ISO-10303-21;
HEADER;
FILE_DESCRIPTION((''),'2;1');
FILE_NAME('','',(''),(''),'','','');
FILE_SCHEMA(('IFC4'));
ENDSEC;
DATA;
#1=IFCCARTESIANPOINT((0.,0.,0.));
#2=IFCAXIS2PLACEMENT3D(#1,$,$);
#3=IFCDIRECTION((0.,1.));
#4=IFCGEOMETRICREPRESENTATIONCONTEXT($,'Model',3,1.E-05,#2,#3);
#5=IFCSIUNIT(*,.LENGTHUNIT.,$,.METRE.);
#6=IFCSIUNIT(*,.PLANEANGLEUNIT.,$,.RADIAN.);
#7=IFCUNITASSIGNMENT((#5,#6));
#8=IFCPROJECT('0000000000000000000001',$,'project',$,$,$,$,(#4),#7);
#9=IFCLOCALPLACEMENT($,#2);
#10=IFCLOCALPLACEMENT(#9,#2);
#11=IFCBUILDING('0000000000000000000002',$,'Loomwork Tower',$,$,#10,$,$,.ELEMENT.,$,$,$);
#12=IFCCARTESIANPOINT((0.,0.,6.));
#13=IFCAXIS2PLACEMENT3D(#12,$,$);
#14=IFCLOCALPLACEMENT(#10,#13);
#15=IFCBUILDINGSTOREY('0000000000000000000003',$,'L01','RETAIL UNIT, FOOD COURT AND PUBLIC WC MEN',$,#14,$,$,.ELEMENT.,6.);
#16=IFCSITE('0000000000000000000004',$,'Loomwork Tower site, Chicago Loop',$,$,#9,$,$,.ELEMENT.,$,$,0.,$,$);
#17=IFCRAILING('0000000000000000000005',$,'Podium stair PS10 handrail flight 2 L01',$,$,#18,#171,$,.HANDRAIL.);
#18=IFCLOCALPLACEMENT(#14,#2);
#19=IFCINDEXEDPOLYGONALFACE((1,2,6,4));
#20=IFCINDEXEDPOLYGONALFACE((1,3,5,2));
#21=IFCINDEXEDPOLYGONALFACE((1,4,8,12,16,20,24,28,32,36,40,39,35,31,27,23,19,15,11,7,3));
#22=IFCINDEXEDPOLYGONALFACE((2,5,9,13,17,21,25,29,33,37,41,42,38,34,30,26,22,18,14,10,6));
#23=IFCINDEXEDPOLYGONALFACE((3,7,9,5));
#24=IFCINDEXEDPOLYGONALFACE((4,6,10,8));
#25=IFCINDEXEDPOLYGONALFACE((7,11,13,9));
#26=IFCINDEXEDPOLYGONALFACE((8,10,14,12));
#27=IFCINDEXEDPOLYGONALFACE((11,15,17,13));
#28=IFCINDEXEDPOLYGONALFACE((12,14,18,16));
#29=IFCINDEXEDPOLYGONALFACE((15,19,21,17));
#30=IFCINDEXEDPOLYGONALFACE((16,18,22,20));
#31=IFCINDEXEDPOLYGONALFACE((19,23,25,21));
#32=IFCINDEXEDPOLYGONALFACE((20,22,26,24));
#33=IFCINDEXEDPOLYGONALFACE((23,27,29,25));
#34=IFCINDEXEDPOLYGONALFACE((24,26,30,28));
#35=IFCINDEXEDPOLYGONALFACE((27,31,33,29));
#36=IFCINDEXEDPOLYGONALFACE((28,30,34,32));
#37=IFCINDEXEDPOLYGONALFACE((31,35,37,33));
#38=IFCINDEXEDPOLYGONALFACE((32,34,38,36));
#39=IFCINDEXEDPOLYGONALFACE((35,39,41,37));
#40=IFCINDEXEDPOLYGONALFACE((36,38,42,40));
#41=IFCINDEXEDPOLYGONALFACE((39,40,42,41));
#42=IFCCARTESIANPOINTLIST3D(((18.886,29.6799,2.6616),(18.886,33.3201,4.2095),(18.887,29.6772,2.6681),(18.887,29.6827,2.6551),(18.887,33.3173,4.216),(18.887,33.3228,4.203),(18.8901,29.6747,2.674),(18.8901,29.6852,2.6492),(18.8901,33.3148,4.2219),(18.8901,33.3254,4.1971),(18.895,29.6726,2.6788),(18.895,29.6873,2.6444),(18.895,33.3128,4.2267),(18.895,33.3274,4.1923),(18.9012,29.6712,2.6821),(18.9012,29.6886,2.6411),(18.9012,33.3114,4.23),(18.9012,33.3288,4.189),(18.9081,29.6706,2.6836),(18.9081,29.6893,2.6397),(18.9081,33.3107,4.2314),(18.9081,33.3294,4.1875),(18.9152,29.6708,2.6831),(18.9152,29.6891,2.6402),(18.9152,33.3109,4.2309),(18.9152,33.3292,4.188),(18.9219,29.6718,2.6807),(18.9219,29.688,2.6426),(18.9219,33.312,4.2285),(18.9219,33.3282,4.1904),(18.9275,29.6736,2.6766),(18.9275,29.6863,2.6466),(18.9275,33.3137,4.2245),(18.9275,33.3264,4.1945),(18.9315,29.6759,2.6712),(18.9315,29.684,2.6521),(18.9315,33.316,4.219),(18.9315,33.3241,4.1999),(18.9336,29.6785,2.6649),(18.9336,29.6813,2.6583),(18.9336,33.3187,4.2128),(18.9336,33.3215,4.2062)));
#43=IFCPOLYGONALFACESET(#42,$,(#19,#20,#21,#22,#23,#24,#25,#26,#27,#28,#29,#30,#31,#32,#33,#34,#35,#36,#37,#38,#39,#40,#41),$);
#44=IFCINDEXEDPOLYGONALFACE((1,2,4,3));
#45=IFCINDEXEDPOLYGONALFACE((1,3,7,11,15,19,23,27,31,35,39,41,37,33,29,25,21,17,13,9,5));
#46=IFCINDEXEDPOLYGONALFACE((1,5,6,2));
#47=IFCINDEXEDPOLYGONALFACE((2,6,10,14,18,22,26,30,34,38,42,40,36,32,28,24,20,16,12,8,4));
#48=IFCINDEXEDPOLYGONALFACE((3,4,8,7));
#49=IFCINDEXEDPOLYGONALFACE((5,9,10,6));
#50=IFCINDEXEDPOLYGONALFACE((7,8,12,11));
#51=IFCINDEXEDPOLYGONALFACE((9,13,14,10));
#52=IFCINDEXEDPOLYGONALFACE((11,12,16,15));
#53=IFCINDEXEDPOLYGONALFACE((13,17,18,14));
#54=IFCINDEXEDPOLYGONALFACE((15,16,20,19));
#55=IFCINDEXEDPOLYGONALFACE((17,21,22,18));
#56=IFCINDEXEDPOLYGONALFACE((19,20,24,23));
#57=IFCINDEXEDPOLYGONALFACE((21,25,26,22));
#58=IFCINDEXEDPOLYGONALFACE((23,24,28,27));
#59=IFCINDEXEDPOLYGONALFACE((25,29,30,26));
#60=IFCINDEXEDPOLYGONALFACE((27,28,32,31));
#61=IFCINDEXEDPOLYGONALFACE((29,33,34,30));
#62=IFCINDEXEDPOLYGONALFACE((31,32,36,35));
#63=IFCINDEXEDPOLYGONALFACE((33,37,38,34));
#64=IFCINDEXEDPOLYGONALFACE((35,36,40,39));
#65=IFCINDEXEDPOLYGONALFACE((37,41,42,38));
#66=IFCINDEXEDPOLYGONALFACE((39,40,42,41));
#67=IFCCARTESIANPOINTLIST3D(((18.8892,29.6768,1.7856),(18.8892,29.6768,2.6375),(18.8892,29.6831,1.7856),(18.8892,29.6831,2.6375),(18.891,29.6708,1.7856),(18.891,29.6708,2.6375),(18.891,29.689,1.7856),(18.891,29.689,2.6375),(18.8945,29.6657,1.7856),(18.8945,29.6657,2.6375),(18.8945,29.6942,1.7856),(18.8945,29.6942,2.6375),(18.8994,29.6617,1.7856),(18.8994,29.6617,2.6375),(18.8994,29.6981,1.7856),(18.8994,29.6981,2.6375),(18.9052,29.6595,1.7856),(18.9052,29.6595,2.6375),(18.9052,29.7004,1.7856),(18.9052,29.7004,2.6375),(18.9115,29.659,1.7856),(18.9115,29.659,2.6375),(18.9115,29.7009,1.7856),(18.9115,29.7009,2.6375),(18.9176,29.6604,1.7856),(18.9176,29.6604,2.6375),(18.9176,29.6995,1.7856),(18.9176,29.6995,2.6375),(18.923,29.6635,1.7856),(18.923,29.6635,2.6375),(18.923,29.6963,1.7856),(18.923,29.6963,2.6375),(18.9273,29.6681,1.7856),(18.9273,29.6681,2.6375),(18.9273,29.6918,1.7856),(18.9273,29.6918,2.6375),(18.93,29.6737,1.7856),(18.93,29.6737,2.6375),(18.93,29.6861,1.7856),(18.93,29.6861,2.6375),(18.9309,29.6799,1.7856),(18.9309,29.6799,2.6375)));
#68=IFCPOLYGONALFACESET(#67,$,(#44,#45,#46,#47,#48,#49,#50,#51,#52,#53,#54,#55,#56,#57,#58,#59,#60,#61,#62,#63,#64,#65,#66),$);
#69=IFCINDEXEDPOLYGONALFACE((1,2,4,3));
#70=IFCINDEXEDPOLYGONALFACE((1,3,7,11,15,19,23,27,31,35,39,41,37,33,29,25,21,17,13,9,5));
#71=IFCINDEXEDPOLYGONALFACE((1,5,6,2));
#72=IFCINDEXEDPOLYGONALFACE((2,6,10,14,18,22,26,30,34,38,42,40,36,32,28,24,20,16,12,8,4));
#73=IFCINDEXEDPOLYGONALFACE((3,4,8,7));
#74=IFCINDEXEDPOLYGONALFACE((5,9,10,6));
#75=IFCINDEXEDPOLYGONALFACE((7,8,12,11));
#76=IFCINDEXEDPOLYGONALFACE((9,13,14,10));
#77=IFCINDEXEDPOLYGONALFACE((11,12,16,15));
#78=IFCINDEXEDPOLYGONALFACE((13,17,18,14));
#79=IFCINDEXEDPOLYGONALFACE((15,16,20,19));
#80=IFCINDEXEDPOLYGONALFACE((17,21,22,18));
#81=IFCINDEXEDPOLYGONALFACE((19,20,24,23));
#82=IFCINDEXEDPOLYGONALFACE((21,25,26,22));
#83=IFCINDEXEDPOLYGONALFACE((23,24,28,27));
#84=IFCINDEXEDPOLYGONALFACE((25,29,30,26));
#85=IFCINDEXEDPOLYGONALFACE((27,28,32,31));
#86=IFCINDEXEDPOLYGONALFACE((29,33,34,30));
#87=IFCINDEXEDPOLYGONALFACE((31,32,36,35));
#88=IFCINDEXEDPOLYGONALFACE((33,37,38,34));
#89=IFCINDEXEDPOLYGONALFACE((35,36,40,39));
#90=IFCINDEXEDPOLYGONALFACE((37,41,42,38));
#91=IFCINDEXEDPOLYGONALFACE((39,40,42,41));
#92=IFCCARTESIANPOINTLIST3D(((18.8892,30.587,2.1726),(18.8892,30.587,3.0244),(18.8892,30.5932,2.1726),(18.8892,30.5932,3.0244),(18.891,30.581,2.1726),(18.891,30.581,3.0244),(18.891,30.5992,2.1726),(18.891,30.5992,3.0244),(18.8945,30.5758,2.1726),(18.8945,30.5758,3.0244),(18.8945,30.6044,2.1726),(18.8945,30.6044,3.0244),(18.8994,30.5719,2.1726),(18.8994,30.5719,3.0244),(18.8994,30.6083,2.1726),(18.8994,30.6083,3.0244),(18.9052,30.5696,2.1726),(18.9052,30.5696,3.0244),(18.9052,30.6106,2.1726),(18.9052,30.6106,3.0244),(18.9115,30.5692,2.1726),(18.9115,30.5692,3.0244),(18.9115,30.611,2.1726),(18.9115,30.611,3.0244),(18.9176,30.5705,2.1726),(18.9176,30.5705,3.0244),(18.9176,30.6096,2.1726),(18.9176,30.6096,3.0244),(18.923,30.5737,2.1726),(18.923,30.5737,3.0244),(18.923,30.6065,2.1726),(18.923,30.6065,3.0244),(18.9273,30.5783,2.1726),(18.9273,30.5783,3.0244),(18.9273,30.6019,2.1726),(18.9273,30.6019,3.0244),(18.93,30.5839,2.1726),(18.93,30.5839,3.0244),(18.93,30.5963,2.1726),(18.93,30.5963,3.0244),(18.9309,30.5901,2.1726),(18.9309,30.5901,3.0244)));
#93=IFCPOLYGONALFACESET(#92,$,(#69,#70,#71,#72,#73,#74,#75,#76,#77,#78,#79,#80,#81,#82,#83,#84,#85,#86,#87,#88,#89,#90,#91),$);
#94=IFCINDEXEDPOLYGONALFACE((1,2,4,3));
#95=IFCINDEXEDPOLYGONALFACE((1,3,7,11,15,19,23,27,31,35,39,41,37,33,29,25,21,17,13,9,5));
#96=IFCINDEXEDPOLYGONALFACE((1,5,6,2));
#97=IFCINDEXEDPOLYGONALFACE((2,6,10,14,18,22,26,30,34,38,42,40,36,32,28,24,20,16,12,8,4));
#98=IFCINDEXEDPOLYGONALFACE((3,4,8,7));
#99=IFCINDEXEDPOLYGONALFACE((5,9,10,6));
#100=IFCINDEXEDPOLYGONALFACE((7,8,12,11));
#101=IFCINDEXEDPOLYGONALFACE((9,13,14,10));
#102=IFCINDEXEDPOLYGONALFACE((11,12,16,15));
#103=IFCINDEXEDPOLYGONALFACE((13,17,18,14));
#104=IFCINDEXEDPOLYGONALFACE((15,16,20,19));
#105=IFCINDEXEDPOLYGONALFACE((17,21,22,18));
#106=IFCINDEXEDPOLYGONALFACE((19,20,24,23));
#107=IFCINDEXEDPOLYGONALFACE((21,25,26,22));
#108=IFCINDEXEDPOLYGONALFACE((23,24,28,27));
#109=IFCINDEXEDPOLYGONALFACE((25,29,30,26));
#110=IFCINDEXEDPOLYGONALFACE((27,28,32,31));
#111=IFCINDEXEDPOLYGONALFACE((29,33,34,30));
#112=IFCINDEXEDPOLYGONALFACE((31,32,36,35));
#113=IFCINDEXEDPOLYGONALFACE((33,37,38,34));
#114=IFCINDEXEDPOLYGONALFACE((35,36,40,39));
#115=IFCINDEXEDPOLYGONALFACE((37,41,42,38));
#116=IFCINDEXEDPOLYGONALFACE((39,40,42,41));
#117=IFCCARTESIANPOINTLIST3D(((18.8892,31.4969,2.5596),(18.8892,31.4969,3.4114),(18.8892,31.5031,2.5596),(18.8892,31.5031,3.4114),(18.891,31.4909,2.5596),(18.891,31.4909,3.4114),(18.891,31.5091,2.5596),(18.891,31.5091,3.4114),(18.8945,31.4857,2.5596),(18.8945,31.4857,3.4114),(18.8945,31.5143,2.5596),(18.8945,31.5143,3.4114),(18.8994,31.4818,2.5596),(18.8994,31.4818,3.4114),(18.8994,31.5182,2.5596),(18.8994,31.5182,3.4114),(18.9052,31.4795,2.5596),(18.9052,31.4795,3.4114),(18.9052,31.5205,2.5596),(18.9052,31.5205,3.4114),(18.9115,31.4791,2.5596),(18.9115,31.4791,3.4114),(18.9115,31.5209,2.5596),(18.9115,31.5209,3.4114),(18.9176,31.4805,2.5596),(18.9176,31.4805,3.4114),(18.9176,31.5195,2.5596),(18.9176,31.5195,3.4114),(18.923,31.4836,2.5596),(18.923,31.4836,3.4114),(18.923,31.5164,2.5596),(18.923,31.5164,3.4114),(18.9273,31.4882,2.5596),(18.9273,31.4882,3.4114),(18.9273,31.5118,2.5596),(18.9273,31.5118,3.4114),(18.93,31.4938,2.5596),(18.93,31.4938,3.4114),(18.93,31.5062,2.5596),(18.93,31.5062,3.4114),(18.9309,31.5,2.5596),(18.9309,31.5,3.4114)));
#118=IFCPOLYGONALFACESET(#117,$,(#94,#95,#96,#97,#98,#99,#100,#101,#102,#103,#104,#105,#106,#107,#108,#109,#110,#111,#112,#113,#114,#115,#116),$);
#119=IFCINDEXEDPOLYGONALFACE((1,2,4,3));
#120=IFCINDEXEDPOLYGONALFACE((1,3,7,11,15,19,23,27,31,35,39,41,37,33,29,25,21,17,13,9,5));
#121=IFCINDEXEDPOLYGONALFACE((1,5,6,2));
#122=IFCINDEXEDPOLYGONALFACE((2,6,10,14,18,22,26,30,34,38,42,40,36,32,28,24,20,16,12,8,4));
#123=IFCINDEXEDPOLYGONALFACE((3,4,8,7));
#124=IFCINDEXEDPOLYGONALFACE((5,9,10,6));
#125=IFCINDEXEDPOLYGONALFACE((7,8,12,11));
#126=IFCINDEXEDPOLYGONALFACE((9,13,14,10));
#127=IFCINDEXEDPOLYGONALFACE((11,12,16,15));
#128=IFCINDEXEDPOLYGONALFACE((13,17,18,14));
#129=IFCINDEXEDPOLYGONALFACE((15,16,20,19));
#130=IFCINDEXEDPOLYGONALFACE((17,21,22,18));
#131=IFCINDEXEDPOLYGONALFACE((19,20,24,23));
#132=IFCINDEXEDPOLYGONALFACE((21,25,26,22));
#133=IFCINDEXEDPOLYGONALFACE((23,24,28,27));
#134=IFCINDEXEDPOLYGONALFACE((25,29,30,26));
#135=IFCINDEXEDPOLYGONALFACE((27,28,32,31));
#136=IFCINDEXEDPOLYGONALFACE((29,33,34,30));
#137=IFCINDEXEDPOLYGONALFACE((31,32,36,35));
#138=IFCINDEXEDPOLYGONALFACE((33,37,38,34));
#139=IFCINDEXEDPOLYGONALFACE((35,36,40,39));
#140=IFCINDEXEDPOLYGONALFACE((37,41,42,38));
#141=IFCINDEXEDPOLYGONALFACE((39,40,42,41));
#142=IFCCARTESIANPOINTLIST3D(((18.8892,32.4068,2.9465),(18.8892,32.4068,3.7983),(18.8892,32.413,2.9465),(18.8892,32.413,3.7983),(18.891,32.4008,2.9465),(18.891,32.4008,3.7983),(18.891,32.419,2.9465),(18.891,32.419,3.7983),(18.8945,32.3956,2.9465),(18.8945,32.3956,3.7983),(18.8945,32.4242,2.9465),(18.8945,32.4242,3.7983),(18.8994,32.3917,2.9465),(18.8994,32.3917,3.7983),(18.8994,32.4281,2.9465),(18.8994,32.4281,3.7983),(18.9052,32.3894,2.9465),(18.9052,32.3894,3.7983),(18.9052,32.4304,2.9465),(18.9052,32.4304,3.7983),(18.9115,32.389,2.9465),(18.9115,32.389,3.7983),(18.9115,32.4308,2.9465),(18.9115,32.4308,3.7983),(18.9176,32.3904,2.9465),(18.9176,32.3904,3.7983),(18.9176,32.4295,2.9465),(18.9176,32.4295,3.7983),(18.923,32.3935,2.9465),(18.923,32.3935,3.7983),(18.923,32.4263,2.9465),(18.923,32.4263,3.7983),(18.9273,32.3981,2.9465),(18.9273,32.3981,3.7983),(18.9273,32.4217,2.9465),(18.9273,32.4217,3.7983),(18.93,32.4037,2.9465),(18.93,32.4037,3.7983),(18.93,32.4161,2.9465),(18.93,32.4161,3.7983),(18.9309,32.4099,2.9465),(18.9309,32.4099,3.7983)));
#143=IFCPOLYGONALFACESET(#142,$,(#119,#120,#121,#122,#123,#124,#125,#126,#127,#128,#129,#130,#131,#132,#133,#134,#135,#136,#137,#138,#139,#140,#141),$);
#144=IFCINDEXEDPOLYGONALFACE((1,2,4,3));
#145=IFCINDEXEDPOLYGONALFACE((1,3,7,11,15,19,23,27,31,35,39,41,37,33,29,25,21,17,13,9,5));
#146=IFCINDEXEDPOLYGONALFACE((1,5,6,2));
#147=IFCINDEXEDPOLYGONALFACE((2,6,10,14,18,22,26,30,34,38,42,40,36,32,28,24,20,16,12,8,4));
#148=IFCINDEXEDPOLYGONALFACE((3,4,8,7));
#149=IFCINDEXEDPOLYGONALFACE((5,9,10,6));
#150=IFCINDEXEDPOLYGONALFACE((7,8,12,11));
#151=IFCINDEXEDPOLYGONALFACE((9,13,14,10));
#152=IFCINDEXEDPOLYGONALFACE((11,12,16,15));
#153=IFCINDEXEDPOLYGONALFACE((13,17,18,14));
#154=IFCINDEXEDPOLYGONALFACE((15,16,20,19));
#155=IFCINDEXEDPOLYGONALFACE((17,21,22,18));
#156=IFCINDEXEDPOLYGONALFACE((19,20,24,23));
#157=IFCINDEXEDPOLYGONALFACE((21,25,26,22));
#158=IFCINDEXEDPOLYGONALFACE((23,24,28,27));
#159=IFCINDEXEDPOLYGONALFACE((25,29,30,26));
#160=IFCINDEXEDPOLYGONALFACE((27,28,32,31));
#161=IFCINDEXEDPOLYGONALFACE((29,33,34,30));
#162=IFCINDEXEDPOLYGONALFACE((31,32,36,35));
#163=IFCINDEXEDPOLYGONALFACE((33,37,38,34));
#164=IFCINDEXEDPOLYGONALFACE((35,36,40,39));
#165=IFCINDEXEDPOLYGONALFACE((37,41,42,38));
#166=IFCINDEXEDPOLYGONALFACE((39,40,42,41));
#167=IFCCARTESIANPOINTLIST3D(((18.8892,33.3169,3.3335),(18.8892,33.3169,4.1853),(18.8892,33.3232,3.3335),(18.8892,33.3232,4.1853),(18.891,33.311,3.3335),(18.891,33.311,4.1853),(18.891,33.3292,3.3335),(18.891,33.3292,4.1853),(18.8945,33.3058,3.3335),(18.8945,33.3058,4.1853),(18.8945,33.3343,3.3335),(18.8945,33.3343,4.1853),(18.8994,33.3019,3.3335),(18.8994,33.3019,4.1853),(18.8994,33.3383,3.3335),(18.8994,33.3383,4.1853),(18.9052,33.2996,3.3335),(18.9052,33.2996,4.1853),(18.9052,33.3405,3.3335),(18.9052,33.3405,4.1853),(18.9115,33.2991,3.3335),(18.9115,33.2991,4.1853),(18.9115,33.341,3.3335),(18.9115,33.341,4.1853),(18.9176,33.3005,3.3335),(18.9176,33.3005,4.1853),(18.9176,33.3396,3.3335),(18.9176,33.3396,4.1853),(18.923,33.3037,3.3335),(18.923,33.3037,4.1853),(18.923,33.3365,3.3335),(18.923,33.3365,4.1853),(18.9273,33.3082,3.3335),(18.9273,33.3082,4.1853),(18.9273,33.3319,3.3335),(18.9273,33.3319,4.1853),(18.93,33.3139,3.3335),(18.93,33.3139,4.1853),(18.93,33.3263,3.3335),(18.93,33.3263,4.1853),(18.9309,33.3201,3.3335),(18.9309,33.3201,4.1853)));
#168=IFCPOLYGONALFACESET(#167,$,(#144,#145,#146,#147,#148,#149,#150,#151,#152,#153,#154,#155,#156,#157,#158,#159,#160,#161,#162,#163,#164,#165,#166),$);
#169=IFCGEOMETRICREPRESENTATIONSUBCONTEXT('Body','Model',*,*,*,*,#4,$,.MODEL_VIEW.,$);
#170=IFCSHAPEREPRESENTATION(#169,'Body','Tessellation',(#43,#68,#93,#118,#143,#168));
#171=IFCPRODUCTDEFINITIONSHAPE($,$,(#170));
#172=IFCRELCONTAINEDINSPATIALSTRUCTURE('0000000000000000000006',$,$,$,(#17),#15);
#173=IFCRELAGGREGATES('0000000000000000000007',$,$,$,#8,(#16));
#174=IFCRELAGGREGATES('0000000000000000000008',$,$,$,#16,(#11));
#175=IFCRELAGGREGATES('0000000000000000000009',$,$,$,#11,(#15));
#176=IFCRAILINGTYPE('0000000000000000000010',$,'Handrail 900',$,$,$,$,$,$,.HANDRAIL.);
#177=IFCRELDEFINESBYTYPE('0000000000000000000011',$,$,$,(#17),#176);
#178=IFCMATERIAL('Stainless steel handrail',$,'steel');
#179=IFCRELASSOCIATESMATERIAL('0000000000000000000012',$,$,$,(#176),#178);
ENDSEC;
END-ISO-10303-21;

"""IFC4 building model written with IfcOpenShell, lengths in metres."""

from ifc_helpers import new_model, si_unit, direction, frame, origin, origin_2d, place, context, subcontext, project, spatial, circle, extrude, material, type_object, element, save


model = new_model("IFC4")

# Units and contexts
model_context = context("Model", 3, precision=1e-05, world=origin(), true_north=direction((0.0, 1.0)))
body_context = subcontext(model_context, "Body", "Model", "MODEL_VIEW")
ifc_project = project(units=[si_unit("LENGTHUNIT", "METRE"), si_unit("PLANEANGLEUNIT", "RADIAN")], contexts=[model_context])

# Site, building, storey
site_placement = place(None, origin())
site = spatial("IfcSite", under=ifc_project, at=site_placement, Name="Loomwork Tower site, Chicago Loop", CompositionType="ELEMENT", RefElevation=0.0)
building_placement = place(site_placement, origin())
building = spatial("IfcBuilding", under=site, at=building_placement, Name="Loomwork Tower", CompositionType="ELEMENT")
storey_placement = place(building_placement, frame((0.0, 0.0, 6.0)))
storey = spatial("IfcBuildingStorey", under=building, at=storey_placement, Name="L01", Description="RETAIL UNIT, FOOD COURT AND PUBLIC WC MEN", CompositionType="ELEMENT", Elevation=6.0)

# Railing
ifc_material_1 = material(Name="Stainless steel handrail", Category="steel")
railing_type = type_object("IfcRailingType", Name="Handrail 900", PredefinedType="HANDRAIL", material=ifc_material_1)
railing_1_placement = place(storey_placement, frame((18.9099, 29.6799, 1.7856)))
element("IfcRailing", 1, at=railing_1_placement, inside=storey, type_object=railing_type, Name="Podium stair PS10 handrail flight 2 L01", PredefinedType="HANDRAIL", context=body_context, shape_type="SweptSolid", body=[
    extrude(circle(Radius=0.0239, at=origin_2d()), frame((0.0, 0.0, 0.876), z_axis=(0.0, 0.920259, 0.391311), x_axis=(-1.0, 0.0, 0.0)), (0.0, 0.0, 1.0), 3.9556),
    extrude(circle(Radius=0.021, at=origin_2d()), origin(), (0.0, 0.0, 1.0), 0.8518),
    extrude(circle(Radius=0.021, at=origin_2d()), frame((0.0, 0.9102, 0.387)), (0.0, 0.0, 1.0), 0.8518),
    extrude(circle(Radius=0.021, at=origin_2d()), frame((0.0, 1.8201, 0.7739)), (0.0, 0.0, 1.0), 0.8518),
    extrude(circle(Radius=0.021, at=origin_2d()), frame((0.0, 2.73, 1.1609)), (0.0, 0.0, 1.0), 0.8518),
    extrude(circle(Radius=0.021, at=origin_2d()), frame((0.0, 3.6401, 1.5479)), (0.0, 0.0, 1.0), 0.8518),
])

save(model, "model.ifc")
